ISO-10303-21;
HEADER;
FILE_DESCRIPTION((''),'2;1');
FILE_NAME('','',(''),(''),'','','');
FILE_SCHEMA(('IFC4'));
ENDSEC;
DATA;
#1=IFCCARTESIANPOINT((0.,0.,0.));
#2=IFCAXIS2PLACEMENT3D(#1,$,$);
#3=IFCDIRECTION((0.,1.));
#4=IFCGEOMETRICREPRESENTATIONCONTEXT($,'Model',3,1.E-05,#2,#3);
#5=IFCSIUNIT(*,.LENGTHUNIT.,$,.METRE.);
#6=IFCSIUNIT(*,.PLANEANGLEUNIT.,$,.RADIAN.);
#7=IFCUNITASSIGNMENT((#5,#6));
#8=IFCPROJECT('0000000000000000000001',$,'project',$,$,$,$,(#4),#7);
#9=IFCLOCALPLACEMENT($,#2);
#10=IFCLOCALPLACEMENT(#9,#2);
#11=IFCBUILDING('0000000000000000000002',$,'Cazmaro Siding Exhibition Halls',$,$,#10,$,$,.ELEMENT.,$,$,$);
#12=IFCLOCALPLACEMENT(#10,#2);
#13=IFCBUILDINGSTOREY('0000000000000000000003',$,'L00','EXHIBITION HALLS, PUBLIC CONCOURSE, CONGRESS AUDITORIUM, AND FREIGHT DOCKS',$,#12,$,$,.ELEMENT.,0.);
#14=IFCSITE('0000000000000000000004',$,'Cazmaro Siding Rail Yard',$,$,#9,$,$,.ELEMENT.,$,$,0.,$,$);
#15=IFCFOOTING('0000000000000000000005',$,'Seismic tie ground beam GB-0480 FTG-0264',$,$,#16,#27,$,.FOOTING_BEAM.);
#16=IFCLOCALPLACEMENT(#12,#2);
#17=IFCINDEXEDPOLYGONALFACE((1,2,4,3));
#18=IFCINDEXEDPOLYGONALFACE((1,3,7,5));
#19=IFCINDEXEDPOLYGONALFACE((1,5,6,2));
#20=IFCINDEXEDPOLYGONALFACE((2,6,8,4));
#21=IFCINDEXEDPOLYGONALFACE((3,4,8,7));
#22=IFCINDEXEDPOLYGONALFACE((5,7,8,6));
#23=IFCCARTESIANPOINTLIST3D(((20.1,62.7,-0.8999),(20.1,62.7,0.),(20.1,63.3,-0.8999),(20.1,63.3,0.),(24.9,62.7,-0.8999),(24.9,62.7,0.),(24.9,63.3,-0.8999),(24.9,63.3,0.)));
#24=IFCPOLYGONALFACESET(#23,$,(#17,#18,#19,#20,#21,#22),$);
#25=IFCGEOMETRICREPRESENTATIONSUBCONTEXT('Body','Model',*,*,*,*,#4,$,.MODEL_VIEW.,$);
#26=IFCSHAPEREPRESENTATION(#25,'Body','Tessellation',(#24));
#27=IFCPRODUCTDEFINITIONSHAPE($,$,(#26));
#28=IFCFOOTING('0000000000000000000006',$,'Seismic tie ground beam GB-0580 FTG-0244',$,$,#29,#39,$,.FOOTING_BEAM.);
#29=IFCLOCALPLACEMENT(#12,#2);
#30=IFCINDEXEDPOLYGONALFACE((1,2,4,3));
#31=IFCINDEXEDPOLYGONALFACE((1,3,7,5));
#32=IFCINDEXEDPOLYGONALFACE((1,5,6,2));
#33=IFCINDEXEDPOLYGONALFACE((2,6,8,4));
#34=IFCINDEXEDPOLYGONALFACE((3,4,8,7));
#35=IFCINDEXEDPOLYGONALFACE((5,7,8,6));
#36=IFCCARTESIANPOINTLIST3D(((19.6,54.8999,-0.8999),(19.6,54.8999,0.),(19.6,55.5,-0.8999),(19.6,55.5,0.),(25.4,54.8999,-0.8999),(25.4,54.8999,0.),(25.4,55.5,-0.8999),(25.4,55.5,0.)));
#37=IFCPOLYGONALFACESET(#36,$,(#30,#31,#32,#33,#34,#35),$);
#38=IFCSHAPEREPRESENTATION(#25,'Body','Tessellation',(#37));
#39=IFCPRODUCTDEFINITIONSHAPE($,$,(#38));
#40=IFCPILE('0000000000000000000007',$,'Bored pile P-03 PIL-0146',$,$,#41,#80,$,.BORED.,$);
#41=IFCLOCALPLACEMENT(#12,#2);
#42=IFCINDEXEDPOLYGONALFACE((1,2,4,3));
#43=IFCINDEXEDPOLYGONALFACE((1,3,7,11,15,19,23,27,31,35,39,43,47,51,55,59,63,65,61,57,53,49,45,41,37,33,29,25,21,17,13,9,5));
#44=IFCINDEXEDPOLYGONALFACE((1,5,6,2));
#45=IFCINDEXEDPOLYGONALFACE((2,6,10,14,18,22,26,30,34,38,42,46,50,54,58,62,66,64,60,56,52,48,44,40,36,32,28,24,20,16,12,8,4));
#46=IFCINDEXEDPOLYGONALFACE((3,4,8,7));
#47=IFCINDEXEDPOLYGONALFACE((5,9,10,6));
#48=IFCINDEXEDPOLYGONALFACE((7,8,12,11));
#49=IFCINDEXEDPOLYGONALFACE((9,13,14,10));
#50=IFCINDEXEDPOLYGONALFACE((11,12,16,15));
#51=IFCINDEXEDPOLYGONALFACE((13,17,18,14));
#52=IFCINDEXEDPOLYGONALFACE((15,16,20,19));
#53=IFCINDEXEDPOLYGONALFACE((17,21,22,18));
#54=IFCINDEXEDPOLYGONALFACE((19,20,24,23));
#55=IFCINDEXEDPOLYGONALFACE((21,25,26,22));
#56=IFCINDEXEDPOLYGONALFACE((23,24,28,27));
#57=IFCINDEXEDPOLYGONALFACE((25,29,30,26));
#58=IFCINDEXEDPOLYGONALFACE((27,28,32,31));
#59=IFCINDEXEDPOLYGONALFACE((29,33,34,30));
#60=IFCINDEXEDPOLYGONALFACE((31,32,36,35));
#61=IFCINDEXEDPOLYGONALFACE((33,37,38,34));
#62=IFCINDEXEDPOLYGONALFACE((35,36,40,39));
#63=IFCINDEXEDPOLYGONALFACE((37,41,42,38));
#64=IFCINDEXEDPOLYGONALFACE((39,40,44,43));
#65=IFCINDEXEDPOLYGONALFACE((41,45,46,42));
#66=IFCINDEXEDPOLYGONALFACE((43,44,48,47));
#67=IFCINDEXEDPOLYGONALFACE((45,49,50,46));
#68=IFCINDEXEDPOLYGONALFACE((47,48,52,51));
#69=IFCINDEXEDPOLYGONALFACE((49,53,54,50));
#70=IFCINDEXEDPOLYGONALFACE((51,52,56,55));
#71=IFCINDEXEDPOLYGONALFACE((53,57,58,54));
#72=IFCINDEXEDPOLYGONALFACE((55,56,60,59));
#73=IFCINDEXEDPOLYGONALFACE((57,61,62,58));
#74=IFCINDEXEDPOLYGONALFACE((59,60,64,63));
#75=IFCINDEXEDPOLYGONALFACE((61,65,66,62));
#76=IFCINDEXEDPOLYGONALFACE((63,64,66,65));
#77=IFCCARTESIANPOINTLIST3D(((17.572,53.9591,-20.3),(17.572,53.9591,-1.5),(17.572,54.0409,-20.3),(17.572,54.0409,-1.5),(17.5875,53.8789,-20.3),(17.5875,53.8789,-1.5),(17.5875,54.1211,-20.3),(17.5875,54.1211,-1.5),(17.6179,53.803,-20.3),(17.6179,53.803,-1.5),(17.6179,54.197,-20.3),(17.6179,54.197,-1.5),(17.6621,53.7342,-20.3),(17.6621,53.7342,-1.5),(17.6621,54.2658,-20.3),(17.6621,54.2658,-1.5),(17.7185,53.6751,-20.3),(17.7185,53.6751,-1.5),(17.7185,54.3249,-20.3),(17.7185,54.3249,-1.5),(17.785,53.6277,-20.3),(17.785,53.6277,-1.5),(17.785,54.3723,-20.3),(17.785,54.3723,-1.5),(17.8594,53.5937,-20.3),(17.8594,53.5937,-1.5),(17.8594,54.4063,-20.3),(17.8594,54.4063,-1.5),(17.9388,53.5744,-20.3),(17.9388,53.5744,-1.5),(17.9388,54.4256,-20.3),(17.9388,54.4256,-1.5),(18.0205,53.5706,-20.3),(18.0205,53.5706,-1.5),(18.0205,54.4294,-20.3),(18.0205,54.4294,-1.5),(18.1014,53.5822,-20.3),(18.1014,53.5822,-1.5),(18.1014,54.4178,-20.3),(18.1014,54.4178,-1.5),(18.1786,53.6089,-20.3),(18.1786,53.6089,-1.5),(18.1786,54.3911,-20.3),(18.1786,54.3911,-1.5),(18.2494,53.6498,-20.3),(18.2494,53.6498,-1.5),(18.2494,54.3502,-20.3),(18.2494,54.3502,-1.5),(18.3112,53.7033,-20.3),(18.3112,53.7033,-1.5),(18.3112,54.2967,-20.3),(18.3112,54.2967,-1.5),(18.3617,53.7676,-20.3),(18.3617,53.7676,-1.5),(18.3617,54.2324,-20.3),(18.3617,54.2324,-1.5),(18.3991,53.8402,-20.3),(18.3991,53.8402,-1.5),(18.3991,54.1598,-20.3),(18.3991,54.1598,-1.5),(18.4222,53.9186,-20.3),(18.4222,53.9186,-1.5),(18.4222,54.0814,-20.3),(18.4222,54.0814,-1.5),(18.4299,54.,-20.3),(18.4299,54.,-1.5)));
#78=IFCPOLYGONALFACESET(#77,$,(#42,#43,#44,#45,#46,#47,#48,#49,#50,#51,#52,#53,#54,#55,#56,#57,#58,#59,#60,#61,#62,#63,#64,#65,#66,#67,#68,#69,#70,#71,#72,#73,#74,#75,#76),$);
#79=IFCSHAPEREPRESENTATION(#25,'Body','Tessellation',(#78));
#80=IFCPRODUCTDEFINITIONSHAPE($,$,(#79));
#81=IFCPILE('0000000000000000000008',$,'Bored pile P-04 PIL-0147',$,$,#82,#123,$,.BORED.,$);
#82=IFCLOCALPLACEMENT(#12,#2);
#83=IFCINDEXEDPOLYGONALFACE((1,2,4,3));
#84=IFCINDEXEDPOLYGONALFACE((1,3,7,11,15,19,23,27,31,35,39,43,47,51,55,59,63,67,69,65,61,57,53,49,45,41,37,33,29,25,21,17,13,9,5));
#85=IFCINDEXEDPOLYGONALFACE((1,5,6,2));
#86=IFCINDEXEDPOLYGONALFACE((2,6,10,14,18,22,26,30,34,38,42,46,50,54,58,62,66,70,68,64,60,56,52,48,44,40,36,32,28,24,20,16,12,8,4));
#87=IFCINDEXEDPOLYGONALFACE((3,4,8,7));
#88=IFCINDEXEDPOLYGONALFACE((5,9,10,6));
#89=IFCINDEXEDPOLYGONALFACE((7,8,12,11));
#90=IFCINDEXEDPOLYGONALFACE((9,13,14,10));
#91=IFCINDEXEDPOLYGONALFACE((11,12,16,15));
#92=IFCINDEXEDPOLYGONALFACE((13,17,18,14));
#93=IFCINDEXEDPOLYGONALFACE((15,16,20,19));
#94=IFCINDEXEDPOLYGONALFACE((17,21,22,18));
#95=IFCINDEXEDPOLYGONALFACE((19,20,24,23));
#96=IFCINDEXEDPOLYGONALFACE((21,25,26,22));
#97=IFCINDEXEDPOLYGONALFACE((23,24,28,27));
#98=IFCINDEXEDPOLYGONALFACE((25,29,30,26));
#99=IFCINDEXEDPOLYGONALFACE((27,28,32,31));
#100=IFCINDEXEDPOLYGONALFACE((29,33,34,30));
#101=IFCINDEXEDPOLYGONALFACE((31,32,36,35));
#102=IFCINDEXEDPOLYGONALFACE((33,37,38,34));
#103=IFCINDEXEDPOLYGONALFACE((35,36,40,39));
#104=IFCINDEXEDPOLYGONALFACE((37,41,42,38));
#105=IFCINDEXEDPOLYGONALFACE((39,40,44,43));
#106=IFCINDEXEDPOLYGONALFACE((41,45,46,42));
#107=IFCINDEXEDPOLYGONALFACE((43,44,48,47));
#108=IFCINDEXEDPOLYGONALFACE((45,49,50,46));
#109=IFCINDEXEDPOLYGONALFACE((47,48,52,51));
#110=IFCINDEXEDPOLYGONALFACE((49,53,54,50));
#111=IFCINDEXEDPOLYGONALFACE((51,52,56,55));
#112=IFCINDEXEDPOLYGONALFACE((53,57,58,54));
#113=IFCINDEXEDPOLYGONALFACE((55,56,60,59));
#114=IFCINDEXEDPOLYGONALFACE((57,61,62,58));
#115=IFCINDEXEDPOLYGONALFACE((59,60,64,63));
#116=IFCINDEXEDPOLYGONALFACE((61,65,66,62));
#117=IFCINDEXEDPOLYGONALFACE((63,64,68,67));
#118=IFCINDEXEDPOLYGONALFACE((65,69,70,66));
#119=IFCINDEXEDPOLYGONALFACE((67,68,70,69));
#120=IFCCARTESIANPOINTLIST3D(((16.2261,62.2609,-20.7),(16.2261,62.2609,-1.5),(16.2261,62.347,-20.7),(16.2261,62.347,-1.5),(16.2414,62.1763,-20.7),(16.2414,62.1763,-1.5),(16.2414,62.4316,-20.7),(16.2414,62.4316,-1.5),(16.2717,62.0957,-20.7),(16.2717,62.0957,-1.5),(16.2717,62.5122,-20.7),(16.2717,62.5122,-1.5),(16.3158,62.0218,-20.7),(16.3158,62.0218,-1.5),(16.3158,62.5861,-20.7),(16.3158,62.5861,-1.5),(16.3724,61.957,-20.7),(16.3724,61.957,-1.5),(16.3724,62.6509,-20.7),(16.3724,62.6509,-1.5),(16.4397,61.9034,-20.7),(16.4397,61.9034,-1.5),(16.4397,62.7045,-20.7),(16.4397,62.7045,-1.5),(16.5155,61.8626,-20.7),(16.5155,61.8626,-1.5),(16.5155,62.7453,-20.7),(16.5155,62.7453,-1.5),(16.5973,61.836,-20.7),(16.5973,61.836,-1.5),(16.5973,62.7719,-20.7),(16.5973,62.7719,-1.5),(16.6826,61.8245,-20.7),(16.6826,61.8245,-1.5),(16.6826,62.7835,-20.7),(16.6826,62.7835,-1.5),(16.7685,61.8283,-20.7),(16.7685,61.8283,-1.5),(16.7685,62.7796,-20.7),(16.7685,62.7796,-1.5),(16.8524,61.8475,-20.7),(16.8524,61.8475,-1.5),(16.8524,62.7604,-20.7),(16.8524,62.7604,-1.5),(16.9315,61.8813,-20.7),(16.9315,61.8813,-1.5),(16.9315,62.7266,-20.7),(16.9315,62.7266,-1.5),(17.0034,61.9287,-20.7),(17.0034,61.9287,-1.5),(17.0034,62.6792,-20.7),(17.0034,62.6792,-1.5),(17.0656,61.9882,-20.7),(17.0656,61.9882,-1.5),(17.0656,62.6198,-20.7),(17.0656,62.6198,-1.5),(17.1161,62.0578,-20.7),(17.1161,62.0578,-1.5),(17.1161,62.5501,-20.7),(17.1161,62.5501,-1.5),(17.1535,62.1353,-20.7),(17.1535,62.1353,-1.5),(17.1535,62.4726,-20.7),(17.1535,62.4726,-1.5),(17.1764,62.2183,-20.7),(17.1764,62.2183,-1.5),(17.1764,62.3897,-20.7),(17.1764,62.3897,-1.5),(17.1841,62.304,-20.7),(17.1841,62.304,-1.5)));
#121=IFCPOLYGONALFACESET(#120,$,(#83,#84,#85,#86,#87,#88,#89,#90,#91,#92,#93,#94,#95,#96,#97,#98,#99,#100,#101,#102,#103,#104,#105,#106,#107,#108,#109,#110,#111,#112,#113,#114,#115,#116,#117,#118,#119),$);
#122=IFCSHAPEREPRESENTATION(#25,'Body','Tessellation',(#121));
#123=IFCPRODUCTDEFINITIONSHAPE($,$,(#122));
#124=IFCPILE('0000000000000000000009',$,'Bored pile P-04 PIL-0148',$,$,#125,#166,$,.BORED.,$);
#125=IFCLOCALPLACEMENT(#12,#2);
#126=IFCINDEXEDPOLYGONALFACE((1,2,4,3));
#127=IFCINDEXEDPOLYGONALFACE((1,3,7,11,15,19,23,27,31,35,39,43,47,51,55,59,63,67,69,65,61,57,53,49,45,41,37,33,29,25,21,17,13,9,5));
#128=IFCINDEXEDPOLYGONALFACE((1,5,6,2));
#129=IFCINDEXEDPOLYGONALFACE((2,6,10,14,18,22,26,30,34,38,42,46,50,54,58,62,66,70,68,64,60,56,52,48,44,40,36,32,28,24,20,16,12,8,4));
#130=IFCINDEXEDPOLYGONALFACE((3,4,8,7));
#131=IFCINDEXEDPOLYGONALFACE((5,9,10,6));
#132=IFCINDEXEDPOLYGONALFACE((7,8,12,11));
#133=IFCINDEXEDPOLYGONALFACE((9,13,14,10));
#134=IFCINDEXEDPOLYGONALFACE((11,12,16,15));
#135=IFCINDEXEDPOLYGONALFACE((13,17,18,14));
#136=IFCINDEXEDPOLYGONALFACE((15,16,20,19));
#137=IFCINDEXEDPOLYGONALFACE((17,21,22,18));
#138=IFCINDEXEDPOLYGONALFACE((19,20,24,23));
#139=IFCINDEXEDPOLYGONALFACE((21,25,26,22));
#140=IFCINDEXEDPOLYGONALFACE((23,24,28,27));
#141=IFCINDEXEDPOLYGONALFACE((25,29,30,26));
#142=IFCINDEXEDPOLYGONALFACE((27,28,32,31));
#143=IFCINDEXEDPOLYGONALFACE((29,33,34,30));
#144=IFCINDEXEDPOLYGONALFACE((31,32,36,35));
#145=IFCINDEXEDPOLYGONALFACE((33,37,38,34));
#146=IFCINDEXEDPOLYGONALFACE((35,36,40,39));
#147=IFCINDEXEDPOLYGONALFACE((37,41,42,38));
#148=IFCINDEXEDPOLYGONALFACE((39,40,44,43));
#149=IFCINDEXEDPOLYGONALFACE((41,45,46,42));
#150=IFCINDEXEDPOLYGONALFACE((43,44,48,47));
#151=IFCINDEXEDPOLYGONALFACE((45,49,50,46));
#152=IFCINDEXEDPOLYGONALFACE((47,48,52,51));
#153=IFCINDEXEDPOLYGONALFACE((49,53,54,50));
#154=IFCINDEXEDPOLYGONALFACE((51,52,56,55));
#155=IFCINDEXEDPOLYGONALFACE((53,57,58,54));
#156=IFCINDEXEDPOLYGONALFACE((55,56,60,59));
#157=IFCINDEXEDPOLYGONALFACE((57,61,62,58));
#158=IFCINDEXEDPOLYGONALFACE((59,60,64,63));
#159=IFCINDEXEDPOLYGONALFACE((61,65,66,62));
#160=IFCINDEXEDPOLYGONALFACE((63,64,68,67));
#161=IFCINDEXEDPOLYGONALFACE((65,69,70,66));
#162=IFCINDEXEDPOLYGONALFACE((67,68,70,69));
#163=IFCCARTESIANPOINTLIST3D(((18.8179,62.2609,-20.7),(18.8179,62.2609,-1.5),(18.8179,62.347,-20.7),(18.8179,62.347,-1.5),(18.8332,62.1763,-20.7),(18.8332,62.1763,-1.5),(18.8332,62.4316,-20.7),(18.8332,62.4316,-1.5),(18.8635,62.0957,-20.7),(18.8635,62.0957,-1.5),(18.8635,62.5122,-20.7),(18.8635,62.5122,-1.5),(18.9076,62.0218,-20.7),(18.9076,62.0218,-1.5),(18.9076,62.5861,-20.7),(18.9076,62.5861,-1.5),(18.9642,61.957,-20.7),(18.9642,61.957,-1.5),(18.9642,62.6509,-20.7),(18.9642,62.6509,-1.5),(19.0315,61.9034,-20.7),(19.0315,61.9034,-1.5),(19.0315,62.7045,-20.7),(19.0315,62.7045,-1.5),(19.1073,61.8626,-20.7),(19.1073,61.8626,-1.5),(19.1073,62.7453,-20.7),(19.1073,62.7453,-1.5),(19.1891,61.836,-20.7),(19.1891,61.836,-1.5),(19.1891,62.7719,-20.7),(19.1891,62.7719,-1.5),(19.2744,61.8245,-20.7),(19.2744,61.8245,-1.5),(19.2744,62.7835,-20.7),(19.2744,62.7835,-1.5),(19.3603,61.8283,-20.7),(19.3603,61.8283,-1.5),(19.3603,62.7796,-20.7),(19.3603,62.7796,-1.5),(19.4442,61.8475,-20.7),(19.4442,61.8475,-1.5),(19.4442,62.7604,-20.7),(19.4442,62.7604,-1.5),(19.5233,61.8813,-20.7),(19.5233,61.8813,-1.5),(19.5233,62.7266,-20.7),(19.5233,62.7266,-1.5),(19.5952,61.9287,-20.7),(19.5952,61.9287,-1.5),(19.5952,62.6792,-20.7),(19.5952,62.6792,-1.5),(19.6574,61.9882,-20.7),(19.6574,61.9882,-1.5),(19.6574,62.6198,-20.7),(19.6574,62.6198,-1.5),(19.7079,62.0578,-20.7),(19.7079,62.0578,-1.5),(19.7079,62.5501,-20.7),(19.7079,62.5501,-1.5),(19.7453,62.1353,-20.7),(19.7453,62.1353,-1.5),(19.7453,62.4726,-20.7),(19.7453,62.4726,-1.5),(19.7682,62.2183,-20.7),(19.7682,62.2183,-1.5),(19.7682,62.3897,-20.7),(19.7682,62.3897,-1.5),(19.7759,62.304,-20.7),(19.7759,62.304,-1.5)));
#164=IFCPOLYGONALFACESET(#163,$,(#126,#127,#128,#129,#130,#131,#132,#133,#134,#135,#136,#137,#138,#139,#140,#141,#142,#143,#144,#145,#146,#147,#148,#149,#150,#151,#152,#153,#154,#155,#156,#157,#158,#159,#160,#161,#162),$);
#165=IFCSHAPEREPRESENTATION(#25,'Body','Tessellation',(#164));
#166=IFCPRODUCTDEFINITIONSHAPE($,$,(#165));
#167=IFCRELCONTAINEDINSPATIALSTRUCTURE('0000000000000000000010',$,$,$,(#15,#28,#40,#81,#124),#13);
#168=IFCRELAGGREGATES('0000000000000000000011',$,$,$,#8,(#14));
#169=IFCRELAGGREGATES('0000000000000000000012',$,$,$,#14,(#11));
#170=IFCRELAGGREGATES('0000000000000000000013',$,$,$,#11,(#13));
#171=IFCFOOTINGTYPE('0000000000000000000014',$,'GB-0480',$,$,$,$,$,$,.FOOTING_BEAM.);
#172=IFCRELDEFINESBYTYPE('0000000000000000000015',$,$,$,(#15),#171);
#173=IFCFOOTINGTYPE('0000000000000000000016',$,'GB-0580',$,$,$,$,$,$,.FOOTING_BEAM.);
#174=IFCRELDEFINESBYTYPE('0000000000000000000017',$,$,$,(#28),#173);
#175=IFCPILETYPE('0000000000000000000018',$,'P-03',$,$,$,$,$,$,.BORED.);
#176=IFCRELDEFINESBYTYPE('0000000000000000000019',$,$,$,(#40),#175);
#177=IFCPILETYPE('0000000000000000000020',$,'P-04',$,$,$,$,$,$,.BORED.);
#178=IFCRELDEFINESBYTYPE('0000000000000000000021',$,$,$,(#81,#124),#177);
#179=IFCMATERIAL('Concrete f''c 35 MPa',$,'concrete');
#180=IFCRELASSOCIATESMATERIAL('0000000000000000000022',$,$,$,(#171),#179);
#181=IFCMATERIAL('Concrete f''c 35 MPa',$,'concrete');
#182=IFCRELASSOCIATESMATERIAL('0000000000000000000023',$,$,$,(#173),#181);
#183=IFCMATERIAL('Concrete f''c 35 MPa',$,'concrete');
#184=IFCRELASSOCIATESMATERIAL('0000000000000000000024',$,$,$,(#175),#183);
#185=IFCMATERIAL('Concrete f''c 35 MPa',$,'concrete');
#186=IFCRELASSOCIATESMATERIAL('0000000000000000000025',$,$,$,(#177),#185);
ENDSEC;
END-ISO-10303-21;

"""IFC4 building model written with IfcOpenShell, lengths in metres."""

from ifc_helpers import new_model, si_unit, direction, frame, origin, origin_2d, place, context, subcontext, project, spatial, rectangle, circle, extrude, material, material_profile, profile_set, type_object, element, save


model = new_model("IFC4")

# Units and contexts
model_context = context("Model", 3, precision=1e-05, world=origin(), true_north=direction((0.0, 1.0)))
body_context = subcontext(model_context, "Body", "Model", "MODEL_VIEW")
ifc_project = project(units=[si_unit("LENGTHUNIT", "METRE"), si_unit("PLANEANGLEUNIT", "RADIAN")], contexts=[model_context])

# Site, building, storey
site_placement = place(None, origin())
site = spatial("IfcSite", under=ifc_project, at=site_placement, Name="Cazmaro Siding Rail Yard", CompositionType="ELEMENT", RefElevation=0.0)
building_placement = place(site_placement, origin())
building = spatial("IfcBuilding", under=site, at=building_placement, Name="Cazmaro Siding Exhibition Halls", CompositionType="ELEMENT")
storey_placement = place(building_placement, origin())
storey = spatial("IfcBuildingStorey", under=building, at=storey_placement, Name="L00", Description="EXHIBITION HALLS, PUBLIC CONCOURSE, CONGRESS AUDITORIUM, AND FREIGHT DOCKS", CompositionType="ELEMENT", Elevation=0.0)

# Footings
ifc_material_1 = material(Name="Concrete f'c 35 MPa", Category="concrete")
footing_type_1 = type_object("IfcFootingType", Name="GB-0480", PredefinedType="FOOTING_BEAM", material=ifc_material_1)
footing_1_placement = place(storey_placement, frame((22.5, 63.0, -0.8999), z_axis=(0.0, 0.0, 1.0), x_axis=(1.0, 0.0, 0.0)))
element("IfcFooting", 1, at=footing_1_placement, inside=storey, type_object=footing_type_1, Name="Seismic tie ground beam GB-0480 FTG-0264", PredefinedType="FOOTING_BEAM", context=body_context, shape_type="SweptSolid", body=[
    extrude(rectangle(XDim=4.8, YDim=0.6001, at=origin_2d()), origin(), (0.0, 0.0, 1.0), 0.8999),
])
ifc_material_2 = material(Name="Concrete f'c 35 MPa", Category="concrete")
footing_type_2 = type_object("IfcFootingType", Name="GB-0580", PredefinedType="FOOTING_BEAM", material=ifc_material_2)
footing_2_placement = place(storey_placement, frame((22.5, 55.2, -0.8999), z_axis=(0.0, 0.0, 1.0), x_axis=(1.0, 0.0, 0.0)))
element("IfcFooting", 2, at=footing_2_placement, inside=storey, type_object=footing_type_2, Name="Seismic tie ground beam GB-0580 FTG-0244", PredefinedType="FOOTING_BEAM", context=body_context, shape_type="SweptSolid", body=[
    extrude(rectangle(XDim=5.8, YDim=0.6001, at=origin_2d()), origin(), (0.0, 0.0, 1.0), 0.8999),
])

# Piles
ifc_material_3 = material(Name="Concrete f'c 35 MPa", Category="concrete")
ifc_material_profile_1 = material_profile(ifc_material_3, circle(Radius=0.4299, at=origin_2d()), Name="CIDH-860")
ifc_profile_set_1 = profile_set([ifc_material_profile_1], Name="Concrete f'c 35 MPa")
pile_type_1 = type_object("IfcPileType", Name="P-03", PredefinedType="BORED", material=ifc_profile_set_1)
pile_placement = place(storey_placement, frame((18.0, 54.0, -1.5), z_axis=(0.0, 0.0, -1.0), x_axis=(1.0, 0.0, 0.0)))
element("IfcPile", 3, at=pile_placement, inside=storey, type_object=pile_type_1, Name="Bored pile P-03 PIL-0146", PredefinedType="BORED", context=body_context, shape_type="SweptSolid", body=[
    extrude(circle(Radius=0.4299, at=origin_2d()), origin(), (0.0, 0.0, 1.0), 18.8),
])
ifc_material_4 = material(Name="Concrete f'c 35 MPa", Category="concrete")
ifc_material_profile_2 = material_profile(ifc_material_4, circle(Radius=0.48, at=origin_2d()), Name="CIDH-960")
ifc_profile_set_2 = profile_set([ifc_material_profile_2], Name="Concrete f'c 35 MPa")
pile_type_2 = type_object("IfcPileType", Name="P-04", PredefinedType="BORED", material=ifc_profile_set_2)
for number, where, z_axis, x_axis, name in (
    (4, (16.7041, 62.304, -1.5), (0.0, 0.0, -1.0), (1.0, 0.0, 0.0), "Bored pile P-04 PIL-0147"),
    (5, (19.2959, 62.304, -1.5), (0.0, 0.0, -1.0), (1.0, 0.0, 0.0), "Bored pile P-04 PIL-0148"),
):
    element("IfcPile", number, at=place(storey_placement, frame(where, z_axis=z_axis, x_axis=x_axis)), inside=storey, type_object=pile_type_2, Name=name, PredefinedType="BORED", context=body_context, shape_type="SweptSolid", body=[
        extrude(circle(Radius=0.48, at=origin_2d()), origin(), (0.0, 0.0, 1.0), 19.2),
    ])

save(model, "model.ifc")
